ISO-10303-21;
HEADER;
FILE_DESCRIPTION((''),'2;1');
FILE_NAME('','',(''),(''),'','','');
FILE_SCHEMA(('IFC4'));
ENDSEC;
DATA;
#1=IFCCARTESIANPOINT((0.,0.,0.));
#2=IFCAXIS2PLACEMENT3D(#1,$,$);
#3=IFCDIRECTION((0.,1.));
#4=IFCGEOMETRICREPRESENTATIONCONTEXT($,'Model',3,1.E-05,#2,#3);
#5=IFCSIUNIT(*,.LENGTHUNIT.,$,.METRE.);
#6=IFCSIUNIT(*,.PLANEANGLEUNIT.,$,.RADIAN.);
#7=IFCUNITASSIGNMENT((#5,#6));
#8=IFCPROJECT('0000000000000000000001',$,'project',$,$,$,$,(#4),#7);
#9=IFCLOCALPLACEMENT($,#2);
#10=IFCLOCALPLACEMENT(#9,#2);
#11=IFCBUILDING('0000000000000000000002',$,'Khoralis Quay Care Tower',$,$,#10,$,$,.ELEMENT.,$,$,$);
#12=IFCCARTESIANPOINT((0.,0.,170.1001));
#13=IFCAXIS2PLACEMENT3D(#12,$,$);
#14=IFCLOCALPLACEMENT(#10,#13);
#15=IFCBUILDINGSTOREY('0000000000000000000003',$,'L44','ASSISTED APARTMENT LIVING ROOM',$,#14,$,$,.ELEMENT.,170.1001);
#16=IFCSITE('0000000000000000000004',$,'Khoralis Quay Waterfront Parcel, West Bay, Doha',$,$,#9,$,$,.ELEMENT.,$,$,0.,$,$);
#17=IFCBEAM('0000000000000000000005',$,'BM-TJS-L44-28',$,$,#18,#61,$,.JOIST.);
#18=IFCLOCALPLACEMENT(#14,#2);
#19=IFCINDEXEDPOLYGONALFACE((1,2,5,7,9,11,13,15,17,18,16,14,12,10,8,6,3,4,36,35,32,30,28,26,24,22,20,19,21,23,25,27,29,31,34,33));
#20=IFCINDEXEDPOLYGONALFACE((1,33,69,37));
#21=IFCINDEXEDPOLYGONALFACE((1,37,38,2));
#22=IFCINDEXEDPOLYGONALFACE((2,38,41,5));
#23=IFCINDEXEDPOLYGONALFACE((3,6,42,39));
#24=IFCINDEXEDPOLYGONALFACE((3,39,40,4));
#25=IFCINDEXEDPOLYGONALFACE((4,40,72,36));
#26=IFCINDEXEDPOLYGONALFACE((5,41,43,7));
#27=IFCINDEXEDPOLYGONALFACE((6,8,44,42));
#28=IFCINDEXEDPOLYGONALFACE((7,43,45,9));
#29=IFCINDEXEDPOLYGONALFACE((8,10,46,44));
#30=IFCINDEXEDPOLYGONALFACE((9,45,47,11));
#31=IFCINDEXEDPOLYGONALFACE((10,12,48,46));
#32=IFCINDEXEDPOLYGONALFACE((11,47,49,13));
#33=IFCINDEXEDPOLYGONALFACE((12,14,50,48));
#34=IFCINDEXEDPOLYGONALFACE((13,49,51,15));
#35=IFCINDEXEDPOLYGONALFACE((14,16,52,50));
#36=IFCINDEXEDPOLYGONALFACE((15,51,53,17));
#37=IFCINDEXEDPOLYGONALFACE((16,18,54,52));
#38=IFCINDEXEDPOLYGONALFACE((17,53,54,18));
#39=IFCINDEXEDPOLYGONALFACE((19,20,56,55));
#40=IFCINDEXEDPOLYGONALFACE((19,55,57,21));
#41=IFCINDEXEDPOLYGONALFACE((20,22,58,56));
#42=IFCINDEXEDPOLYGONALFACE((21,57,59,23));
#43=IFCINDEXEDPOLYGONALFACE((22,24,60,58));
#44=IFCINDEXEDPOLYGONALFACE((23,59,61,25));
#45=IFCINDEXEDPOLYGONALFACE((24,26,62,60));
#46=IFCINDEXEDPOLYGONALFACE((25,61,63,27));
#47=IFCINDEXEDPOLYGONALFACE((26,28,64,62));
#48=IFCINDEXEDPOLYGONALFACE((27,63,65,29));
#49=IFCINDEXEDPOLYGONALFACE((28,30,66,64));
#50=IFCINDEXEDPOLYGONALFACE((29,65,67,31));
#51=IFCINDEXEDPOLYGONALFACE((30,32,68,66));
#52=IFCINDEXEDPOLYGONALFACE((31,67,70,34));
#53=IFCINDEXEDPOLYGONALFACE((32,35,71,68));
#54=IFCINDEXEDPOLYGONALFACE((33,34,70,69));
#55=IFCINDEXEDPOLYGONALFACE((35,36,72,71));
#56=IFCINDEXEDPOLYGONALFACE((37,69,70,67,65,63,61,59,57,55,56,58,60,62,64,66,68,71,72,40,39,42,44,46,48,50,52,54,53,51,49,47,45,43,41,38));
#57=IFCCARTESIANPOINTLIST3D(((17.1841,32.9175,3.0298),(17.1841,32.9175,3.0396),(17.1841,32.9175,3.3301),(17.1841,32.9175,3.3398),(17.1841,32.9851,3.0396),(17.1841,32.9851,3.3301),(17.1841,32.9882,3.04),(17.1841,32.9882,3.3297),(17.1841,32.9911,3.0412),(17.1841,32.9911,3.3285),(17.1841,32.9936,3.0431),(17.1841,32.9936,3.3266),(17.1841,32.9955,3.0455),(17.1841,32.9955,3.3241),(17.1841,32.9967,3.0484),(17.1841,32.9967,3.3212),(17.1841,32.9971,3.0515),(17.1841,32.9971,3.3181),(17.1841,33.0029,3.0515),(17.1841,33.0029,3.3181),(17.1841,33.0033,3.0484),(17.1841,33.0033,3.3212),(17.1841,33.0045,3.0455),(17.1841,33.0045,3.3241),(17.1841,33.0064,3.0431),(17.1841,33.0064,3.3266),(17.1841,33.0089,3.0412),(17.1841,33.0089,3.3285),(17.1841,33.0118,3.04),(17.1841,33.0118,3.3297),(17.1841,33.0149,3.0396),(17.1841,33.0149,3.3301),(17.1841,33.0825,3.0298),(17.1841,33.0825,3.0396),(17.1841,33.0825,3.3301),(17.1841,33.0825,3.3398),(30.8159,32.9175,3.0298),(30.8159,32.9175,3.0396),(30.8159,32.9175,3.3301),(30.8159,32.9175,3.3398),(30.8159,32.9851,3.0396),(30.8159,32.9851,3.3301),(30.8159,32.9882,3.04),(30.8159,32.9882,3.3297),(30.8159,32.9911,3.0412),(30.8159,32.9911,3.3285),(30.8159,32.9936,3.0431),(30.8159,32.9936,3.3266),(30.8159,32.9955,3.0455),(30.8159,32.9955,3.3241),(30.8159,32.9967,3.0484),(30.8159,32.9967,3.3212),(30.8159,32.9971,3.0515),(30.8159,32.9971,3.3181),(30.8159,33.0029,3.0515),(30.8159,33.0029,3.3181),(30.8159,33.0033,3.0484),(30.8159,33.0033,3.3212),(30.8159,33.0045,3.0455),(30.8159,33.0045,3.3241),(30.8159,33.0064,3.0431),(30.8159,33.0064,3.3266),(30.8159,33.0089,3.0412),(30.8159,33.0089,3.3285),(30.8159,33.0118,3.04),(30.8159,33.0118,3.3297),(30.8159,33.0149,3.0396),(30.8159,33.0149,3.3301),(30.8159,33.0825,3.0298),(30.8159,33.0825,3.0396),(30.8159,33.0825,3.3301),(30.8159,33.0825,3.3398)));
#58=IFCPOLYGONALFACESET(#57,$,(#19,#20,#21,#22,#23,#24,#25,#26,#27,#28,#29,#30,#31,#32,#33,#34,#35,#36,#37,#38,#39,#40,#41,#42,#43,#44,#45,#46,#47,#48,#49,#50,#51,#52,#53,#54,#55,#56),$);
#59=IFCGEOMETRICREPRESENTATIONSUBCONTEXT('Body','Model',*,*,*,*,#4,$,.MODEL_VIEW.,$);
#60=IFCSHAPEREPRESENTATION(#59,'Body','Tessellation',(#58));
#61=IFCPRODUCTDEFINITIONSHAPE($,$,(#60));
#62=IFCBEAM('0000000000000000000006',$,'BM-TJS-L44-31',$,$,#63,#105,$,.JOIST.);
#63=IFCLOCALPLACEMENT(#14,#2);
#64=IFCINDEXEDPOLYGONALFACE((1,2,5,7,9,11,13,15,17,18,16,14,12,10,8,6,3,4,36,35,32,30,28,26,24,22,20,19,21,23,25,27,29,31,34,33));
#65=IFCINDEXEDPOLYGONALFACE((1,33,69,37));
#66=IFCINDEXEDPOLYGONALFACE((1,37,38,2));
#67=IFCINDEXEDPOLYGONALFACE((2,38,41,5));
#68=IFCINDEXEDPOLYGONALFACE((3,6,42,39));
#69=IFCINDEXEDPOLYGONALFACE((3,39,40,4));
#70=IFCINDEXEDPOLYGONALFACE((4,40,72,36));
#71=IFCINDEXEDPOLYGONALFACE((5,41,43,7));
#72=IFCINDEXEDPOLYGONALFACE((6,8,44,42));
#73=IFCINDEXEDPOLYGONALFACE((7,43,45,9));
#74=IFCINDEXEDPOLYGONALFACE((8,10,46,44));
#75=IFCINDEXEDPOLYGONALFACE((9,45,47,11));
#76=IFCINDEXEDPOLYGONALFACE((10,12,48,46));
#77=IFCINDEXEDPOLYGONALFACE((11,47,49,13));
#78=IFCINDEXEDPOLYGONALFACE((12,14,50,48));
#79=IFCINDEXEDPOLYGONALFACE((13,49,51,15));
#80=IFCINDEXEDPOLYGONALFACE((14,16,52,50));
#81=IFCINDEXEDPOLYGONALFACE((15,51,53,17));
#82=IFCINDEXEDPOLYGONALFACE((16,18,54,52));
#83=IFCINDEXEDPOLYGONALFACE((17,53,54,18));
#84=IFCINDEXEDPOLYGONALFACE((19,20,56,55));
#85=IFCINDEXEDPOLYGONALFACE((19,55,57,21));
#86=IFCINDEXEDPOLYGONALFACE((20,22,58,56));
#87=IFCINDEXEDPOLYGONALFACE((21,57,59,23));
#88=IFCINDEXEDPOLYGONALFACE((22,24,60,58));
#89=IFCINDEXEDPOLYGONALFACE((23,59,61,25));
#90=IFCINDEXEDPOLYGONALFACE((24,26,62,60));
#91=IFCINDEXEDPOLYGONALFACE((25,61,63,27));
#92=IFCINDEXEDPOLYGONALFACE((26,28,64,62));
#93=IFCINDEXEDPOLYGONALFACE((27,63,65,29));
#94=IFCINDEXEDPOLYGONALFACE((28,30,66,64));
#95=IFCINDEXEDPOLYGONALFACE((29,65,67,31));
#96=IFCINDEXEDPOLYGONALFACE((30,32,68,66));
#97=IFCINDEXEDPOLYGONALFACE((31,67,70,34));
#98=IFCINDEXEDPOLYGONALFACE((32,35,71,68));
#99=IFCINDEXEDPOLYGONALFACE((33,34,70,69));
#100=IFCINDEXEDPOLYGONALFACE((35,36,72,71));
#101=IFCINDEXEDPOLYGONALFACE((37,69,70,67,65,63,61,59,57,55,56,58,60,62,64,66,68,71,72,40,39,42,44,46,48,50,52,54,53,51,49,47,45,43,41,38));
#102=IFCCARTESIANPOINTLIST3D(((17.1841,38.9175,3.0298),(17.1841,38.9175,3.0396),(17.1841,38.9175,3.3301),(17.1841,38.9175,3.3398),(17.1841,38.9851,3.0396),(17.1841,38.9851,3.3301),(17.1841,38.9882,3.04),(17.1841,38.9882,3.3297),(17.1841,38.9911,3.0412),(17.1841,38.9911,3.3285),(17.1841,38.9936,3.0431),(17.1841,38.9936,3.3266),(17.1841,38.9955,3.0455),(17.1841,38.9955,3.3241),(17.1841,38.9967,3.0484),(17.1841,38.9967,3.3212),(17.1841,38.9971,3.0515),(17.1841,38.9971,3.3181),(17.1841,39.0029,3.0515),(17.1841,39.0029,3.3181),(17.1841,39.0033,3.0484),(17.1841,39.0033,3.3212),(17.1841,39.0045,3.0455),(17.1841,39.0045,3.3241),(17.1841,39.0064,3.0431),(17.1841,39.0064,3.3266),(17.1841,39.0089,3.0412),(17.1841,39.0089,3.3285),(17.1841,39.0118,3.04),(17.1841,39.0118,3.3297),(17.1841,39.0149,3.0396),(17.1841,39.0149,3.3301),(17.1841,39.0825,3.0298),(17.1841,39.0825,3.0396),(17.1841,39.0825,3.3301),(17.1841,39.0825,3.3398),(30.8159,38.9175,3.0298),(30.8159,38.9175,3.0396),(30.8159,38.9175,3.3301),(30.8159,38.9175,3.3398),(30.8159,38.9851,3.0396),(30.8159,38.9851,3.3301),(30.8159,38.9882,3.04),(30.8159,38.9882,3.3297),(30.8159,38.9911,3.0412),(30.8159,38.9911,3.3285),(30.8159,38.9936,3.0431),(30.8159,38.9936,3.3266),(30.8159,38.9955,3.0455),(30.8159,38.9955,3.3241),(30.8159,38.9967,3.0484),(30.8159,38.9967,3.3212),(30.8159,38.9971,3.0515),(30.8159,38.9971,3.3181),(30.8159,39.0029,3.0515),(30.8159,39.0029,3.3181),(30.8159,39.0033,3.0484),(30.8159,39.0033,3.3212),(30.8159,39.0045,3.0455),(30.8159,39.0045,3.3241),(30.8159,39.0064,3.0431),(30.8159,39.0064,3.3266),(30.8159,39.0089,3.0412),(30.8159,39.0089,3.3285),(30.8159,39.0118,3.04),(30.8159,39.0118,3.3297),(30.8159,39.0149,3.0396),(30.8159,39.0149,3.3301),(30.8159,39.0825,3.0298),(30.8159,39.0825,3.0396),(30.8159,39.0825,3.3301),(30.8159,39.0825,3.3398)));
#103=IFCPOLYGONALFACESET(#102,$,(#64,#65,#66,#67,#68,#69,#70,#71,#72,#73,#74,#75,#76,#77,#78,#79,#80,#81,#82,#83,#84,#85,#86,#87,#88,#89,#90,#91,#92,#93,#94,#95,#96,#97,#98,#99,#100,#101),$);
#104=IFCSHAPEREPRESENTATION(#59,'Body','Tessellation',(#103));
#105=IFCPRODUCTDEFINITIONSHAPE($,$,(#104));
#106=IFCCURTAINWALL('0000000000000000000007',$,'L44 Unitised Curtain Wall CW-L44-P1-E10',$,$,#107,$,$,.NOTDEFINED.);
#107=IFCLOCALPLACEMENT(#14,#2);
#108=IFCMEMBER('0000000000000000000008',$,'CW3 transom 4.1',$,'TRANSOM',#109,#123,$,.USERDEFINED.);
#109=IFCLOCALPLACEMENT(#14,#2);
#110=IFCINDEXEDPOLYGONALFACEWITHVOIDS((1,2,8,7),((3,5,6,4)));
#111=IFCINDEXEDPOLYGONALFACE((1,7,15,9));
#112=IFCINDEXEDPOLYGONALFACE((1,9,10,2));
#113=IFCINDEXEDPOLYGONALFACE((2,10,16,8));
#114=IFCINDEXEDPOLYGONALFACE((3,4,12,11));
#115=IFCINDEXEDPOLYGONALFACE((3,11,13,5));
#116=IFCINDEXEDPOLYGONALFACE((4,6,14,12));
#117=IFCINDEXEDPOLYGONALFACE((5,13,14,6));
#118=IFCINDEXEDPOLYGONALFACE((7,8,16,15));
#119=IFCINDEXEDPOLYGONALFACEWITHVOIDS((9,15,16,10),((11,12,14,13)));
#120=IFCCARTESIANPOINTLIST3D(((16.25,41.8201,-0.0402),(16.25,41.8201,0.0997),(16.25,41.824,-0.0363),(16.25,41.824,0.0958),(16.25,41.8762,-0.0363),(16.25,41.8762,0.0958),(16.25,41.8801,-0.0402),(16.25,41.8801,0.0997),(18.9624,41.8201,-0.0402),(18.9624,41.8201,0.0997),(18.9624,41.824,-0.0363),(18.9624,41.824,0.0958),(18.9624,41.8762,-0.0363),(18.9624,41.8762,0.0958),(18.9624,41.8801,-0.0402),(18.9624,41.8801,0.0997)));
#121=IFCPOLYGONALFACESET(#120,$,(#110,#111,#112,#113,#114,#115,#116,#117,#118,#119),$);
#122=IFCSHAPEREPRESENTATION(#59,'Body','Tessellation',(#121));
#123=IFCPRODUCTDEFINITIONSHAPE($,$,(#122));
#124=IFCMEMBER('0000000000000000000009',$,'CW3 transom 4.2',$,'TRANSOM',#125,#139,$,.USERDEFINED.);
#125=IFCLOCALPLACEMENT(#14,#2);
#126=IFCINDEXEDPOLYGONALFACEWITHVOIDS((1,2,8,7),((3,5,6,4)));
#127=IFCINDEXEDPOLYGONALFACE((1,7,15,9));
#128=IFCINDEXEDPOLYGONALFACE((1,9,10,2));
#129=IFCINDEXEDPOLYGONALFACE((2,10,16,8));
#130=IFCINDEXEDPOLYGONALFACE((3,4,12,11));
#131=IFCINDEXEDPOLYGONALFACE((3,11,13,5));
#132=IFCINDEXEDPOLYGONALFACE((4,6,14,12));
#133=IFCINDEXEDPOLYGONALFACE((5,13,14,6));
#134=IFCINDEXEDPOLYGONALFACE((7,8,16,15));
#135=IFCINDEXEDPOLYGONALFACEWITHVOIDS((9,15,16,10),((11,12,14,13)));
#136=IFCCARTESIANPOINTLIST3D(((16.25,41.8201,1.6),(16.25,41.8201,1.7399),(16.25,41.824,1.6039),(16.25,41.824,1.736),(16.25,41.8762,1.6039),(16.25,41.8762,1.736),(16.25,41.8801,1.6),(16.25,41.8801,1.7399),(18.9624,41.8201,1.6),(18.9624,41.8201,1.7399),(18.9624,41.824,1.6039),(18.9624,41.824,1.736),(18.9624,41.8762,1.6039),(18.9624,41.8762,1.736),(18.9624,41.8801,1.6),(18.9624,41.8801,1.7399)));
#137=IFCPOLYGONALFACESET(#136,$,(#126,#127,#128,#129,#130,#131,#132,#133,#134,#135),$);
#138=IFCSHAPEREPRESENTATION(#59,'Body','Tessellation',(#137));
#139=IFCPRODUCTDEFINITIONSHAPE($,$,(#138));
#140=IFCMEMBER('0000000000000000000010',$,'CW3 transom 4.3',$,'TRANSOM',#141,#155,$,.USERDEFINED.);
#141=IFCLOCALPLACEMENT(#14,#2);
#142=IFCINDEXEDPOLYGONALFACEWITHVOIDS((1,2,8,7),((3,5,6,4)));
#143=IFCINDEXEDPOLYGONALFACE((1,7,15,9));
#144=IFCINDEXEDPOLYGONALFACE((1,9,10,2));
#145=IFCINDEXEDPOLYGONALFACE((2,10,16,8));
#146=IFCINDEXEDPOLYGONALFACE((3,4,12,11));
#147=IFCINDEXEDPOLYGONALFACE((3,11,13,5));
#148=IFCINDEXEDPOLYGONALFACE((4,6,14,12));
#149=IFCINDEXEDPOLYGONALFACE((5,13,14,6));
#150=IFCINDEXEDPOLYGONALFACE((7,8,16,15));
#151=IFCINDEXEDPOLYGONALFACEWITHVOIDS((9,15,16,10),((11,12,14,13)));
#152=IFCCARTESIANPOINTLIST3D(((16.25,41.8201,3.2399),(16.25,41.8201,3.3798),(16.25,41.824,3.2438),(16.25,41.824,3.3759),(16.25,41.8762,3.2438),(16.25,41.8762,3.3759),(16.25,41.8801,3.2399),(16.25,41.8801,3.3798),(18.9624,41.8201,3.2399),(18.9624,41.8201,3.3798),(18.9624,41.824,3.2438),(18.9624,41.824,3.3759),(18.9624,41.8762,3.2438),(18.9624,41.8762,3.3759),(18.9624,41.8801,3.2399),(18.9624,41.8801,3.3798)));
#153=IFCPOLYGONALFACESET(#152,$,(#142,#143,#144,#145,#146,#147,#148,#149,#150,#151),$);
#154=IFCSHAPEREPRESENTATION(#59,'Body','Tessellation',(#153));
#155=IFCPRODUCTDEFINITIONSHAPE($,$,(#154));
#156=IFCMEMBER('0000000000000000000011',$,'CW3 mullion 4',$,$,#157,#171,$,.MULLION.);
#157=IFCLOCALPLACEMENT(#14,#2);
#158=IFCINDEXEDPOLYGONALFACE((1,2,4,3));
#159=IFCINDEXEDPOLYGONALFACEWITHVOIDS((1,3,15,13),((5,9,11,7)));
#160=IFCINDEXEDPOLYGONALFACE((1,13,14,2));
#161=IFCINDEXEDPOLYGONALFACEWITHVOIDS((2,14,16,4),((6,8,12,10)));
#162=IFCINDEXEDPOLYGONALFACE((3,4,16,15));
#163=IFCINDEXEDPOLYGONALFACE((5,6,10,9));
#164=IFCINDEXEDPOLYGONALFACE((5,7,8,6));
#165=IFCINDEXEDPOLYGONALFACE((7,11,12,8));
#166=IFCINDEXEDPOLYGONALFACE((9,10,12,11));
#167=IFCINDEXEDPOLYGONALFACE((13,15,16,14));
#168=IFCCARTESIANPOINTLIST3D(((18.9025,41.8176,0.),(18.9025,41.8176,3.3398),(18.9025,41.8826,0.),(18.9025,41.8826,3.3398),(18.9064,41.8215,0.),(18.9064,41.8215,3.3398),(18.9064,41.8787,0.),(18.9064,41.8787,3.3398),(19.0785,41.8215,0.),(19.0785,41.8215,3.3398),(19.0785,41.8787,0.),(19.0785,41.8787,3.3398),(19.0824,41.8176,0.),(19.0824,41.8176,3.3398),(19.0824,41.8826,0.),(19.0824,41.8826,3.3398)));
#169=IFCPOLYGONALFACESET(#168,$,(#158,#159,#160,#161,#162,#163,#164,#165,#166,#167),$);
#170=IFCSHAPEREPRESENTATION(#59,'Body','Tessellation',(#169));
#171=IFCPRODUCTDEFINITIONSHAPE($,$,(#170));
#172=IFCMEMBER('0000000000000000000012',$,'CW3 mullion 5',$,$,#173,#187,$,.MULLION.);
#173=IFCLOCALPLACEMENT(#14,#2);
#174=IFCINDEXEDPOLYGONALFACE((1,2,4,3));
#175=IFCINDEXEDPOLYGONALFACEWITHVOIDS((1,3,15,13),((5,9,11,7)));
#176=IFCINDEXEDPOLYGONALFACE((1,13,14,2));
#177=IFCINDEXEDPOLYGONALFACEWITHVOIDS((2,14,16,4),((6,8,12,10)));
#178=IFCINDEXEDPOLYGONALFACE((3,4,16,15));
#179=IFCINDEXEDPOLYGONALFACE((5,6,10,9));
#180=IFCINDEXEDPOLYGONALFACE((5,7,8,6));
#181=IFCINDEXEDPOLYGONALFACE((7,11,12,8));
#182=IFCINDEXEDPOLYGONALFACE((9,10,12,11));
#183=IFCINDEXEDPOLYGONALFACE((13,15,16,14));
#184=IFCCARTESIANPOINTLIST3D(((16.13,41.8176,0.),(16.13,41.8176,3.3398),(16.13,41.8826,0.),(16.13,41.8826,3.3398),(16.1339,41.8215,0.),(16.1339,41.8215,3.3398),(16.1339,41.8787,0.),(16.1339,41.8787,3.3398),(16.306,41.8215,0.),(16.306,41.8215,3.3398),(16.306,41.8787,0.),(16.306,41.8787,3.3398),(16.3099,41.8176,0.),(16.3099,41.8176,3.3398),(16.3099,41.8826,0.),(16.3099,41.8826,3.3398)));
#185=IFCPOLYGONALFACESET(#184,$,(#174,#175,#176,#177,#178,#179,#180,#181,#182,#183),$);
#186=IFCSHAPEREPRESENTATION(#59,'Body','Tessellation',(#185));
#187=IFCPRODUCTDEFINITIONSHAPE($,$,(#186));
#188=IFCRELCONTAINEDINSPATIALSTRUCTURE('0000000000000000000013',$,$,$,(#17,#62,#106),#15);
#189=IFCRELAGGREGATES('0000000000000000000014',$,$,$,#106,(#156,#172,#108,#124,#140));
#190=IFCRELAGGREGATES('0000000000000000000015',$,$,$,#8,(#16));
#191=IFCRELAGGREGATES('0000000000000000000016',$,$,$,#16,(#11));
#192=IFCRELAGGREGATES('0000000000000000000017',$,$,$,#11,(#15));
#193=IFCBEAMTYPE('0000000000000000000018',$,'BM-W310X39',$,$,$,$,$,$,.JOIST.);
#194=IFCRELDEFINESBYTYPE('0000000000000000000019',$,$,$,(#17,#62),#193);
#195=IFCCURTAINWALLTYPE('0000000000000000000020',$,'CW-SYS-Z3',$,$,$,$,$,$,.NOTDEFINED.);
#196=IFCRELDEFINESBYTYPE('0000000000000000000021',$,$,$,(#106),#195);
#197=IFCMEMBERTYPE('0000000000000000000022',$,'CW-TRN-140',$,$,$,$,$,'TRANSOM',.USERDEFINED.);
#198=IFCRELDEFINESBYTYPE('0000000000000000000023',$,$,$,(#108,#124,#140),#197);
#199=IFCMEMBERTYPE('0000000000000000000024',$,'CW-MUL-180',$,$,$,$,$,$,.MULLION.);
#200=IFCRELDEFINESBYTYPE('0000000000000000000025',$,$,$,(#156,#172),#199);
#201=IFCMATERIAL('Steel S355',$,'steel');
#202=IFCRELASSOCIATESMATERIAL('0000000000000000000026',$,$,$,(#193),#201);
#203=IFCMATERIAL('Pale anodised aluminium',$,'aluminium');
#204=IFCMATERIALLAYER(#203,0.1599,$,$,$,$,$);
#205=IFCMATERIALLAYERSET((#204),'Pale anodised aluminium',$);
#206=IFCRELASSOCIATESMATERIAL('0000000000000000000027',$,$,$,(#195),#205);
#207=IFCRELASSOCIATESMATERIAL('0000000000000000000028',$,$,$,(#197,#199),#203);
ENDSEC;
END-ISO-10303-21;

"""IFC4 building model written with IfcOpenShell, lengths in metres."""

from ifc_helpers import new_model, si_unit, direction, frame, origin, origin_2d, place, context, subcontext, project, spatial, hollow_rectangle, i_section, extrude, source, transform, mapped, material, layer, layer_set, material_profile, profile_set, type_object, element, aggregate, save


model = new_model("IFC4")

# Units and contexts
model_context = context("Model", 3, precision=1e-05, world=origin(), true_north=direction((0.0, 1.0)))
body_context = subcontext(model_context, "Body", "Model", "MODEL_VIEW")
ifc_project = project(units=[si_unit("LENGTHUNIT", "METRE"), si_unit("PLANEANGLEUNIT", "RADIAN")], contexts=[model_context])

# Site, building, storey
site_placement = place(None, origin())
site = spatial("IfcSite", under=ifc_project, at=site_placement, Name="Khoralis Quay Waterfront Parcel, West Bay, Doha", CompositionType="ELEMENT", RefElevation=0.0)
building_placement = place(site_placement, origin())
building = spatial("IfcBuilding", under=site, at=building_placement, Name="Khoralis Quay Care Tower", CompositionType="ELEMENT")
storey_placement = place(building_placement, frame((0.0, 0.0, 170.1001)))
storey = spatial("IfcBuildingStorey", under=building, at=storey_placement, Name="L44", Description="ASSISTED APARTMENT LIVING ROOM", CompositionType="ELEMENT", Elevation=170.1001)

# Beams
ifc_material_1 = material(Name="Steel S355", Category="steel")
ifc_material_profile_1 = material_profile(ifc_material_1, i_section(OverallWidth=0.165, OverallDepth=0.3101, WebThickness=0.0059, FlangeThickness=0.0098, FilletRadius=0.012, at=origin_2d()), Name="Steel S355")
ifc_profile_set_1 = profile_set([ifc_material_profile_1], Name="Steel S355")
beam_type_1 = type_object("IfcBeamType", Name="BM-W310X39", PredefinedType="JOIST", material=ifc_profile_set_1)
shared_shape_1 = source(origin(), body_context, "Body", "SweptSolid", [
    extrude(i_section(OverallWidth=0.165, OverallDepth=0.3101, WebThickness=0.0059, FlangeThickness=0.0098, FilletRadius=0.012, at=origin_2d()), origin(), (0.0, 0.0, 1.0), 13.6318),
])
for number, where, z_axis, x_axis, name in (
    (1, (17.1841, 33.0, 3.1848), (1.0, 0.0, 0.0), (0.0, 1.0, 0.0), "BM-TJS-L44-28"),
    (2, (17.1841, 39.0, 3.1848), (1.0, 0.0, 0.0), (0.0, 1.0, 0.0), "BM-TJS-L44-31"),
):
    element("IfcBeam", number, at=place(storey_placement, frame(where, z_axis=z_axis, x_axis=x_axis)), inside=storey, type_object=beam_type_1, Name=name, PredefinedType="JOIST", context=body_context, shape_type="MappedRepresentation", body=[
        mapped(shared_shape_1, transform((0.0, 0.0, 0.0), scale=1.0)),
    ])

# Curtain wall, members
ifc_material_2 = material(Name="Pale anodised aluminium", Category="aluminium")
ifc_layer_1 = layer(ifc_material_2, 0.1599)
ifc_layer_set_1 = layer_set([ifc_layer_1], Name="Pale anodised aluminium")
curtain_wall_type = type_object("IfcCurtainWallType", Name="CW-SYS-Z3", PredefinedType="NOTDEFINED", material=ifc_layer_set_1)
curtain_wall_placement = place(storey_placement, origin())
curtain_wall = element("IfcCurtainWall", 3, at=curtain_wall_placement, inside=storey, type_object=curtain_wall_type, Name="L44 Unitised Curtain Wall CW-L44-P1-E10", PredefinedType="NOTDEFINED")
ifc_material_profile_2 = material_profile(ifc_material_2, hollow_rectangle(XDim=0.0601, YDim=0.1399, WallThickness=0.0039, at=origin_2d()), Name="Pale anodised aluminium")
ifc_profile_set_2 = profile_set([ifc_material_profile_2], Name="Pale anodised aluminium")
member_type_1 = type_object("IfcMemberType", Name="CW-TRN-140", ElementType="TRANSOM", PredefinedType="USERDEFINED", material=ifc_profile_set_2)
shared_shape_2 = source(origin(), body_context, "Body", "SweptSolid", [
    extrude(hollow_rectangle(XDim=0.0601, YDim=0.1399, WallThickness=0.0039, at=origin_2d()), origin(), (0.0, 0.0, 1.0), 2.7124),
])
member_1_placement = place(storey_placement, frame((18.9624, 41.8501, 0.0298), z_axis=(-1.0, 0.0, 0.0), x_axis=(0.0, -1.0, 0.0)))
member_1 = element("IfcMember", 4, at=member_1_placement, type_object=member_type_1, Name="CW3 transom 4.1", ObjectType="TRANSOM", PredefinedType="USERDEFINED", context=body_context, shape_type="MappedRepresentation", body=[
    mapped(shared_shape_2, transform((0.0, 0.0, 0.0), scale=1.0)),
])
member_2_placement = place(storey_placement, frame((18.9624, 41.8501, 1.6699), z_axis=(-1.0, 0.0, 0.0), x_axis=(0.0, -1.0, 0.0)))
member_2 = element("IfcMember", 5, at=member_2_placement, type_object=member_type_1, Name="CW3 transom 4.2", ObjectType="TRANSOM", PredefinedType="USERDEFINED", context=body_context, shape_type="MappedRepresentation", body=[
    mapped(shared_shape_2, transform((0.0, 0.0, 0.0), scale=1.0)),
])
member_3_placement = place(storey_placement, frame((18.9624, 41.8501, 3.3098), z_axis=(-1.0, 0.0, 0.0), x_axis=(0.0, -1.0, 0.0)))
member_3 = element("IfcMember", 6, at=member_3_placement, type_object=member_type_1, Name="CW3 transom 4.3", ObjectType="TRANSOM", PredefinedType="USERDEFINED", context=body_context, shape_type="MappedRepresentation", body=[
    mapped(shared_shape_2, transform((0.0, 0.0, 0.0), scale=1.0)),
])
ifc_material_profile_3 = material_profile(ifc_material_2, hollow_rectangle(XDim=0.0649, YDim=0.1799, WallThickness=0.0039, at=origin_2d()), Name="Pale anodised aluminium")
ifc_profile_set_3 = profile_set([ifc_material_profile_3], Name="Pale anodised aluminium")
member_type_2 = type_object("IfcMemberType", Name="CW-MUL-180", PredefinedType="MULLION", material=ifc_profile_set_3)
shared_shape_3 = source(origin(), body_context, "Body", "SweptSolid", [
    extrude(hollow_rectangle(XDim=0.0649, YDim=0.1799, WallThickness=0.0039, at=origin_2d()), origin(), (0.0, 0.0, 1.0), 3.3398),
])
member_4_placement = place(storey_placement, frame((18.9924, 41.8501, 0.0), z_axis=(0.0, 0.0, 1.0), x_axis=(0.0, -1.0, 0.0)))
member_4 = element("IfcMember", 7, at=member_4_placement, type_object=member_type_2, Name="CW3 mullion 4", PredefinedType="MULLION", context=body_context, shape_type="MappedRepresentation", body=[
    mapped(shared_shape_3, transform((0.0, 0.0, 0.0), scale=1.0)),
])
member_5_placement = place(storey_placement, frame((16.22, 41.8501, 0.0), z_axis=(0.0, 0.0, 1.0), x_axis=(0.0, -1.0, 0.0)))
member_5 = element("IfcMember", 8, at=member_5_placement, type_object=member_type_2, Name="CW3 mullion 5", PredefinedType="MULLION", context=body_context, shape_type="MappedRepresentation", body=[
    mapped(shared_shape_3, transform((0.0, 0.0, 0.0), scale=1.0)),
])
aggregate(curtain_wall, [member_4, member_5, member_1, member_2, member_3])

save(model, "model.ifc")
